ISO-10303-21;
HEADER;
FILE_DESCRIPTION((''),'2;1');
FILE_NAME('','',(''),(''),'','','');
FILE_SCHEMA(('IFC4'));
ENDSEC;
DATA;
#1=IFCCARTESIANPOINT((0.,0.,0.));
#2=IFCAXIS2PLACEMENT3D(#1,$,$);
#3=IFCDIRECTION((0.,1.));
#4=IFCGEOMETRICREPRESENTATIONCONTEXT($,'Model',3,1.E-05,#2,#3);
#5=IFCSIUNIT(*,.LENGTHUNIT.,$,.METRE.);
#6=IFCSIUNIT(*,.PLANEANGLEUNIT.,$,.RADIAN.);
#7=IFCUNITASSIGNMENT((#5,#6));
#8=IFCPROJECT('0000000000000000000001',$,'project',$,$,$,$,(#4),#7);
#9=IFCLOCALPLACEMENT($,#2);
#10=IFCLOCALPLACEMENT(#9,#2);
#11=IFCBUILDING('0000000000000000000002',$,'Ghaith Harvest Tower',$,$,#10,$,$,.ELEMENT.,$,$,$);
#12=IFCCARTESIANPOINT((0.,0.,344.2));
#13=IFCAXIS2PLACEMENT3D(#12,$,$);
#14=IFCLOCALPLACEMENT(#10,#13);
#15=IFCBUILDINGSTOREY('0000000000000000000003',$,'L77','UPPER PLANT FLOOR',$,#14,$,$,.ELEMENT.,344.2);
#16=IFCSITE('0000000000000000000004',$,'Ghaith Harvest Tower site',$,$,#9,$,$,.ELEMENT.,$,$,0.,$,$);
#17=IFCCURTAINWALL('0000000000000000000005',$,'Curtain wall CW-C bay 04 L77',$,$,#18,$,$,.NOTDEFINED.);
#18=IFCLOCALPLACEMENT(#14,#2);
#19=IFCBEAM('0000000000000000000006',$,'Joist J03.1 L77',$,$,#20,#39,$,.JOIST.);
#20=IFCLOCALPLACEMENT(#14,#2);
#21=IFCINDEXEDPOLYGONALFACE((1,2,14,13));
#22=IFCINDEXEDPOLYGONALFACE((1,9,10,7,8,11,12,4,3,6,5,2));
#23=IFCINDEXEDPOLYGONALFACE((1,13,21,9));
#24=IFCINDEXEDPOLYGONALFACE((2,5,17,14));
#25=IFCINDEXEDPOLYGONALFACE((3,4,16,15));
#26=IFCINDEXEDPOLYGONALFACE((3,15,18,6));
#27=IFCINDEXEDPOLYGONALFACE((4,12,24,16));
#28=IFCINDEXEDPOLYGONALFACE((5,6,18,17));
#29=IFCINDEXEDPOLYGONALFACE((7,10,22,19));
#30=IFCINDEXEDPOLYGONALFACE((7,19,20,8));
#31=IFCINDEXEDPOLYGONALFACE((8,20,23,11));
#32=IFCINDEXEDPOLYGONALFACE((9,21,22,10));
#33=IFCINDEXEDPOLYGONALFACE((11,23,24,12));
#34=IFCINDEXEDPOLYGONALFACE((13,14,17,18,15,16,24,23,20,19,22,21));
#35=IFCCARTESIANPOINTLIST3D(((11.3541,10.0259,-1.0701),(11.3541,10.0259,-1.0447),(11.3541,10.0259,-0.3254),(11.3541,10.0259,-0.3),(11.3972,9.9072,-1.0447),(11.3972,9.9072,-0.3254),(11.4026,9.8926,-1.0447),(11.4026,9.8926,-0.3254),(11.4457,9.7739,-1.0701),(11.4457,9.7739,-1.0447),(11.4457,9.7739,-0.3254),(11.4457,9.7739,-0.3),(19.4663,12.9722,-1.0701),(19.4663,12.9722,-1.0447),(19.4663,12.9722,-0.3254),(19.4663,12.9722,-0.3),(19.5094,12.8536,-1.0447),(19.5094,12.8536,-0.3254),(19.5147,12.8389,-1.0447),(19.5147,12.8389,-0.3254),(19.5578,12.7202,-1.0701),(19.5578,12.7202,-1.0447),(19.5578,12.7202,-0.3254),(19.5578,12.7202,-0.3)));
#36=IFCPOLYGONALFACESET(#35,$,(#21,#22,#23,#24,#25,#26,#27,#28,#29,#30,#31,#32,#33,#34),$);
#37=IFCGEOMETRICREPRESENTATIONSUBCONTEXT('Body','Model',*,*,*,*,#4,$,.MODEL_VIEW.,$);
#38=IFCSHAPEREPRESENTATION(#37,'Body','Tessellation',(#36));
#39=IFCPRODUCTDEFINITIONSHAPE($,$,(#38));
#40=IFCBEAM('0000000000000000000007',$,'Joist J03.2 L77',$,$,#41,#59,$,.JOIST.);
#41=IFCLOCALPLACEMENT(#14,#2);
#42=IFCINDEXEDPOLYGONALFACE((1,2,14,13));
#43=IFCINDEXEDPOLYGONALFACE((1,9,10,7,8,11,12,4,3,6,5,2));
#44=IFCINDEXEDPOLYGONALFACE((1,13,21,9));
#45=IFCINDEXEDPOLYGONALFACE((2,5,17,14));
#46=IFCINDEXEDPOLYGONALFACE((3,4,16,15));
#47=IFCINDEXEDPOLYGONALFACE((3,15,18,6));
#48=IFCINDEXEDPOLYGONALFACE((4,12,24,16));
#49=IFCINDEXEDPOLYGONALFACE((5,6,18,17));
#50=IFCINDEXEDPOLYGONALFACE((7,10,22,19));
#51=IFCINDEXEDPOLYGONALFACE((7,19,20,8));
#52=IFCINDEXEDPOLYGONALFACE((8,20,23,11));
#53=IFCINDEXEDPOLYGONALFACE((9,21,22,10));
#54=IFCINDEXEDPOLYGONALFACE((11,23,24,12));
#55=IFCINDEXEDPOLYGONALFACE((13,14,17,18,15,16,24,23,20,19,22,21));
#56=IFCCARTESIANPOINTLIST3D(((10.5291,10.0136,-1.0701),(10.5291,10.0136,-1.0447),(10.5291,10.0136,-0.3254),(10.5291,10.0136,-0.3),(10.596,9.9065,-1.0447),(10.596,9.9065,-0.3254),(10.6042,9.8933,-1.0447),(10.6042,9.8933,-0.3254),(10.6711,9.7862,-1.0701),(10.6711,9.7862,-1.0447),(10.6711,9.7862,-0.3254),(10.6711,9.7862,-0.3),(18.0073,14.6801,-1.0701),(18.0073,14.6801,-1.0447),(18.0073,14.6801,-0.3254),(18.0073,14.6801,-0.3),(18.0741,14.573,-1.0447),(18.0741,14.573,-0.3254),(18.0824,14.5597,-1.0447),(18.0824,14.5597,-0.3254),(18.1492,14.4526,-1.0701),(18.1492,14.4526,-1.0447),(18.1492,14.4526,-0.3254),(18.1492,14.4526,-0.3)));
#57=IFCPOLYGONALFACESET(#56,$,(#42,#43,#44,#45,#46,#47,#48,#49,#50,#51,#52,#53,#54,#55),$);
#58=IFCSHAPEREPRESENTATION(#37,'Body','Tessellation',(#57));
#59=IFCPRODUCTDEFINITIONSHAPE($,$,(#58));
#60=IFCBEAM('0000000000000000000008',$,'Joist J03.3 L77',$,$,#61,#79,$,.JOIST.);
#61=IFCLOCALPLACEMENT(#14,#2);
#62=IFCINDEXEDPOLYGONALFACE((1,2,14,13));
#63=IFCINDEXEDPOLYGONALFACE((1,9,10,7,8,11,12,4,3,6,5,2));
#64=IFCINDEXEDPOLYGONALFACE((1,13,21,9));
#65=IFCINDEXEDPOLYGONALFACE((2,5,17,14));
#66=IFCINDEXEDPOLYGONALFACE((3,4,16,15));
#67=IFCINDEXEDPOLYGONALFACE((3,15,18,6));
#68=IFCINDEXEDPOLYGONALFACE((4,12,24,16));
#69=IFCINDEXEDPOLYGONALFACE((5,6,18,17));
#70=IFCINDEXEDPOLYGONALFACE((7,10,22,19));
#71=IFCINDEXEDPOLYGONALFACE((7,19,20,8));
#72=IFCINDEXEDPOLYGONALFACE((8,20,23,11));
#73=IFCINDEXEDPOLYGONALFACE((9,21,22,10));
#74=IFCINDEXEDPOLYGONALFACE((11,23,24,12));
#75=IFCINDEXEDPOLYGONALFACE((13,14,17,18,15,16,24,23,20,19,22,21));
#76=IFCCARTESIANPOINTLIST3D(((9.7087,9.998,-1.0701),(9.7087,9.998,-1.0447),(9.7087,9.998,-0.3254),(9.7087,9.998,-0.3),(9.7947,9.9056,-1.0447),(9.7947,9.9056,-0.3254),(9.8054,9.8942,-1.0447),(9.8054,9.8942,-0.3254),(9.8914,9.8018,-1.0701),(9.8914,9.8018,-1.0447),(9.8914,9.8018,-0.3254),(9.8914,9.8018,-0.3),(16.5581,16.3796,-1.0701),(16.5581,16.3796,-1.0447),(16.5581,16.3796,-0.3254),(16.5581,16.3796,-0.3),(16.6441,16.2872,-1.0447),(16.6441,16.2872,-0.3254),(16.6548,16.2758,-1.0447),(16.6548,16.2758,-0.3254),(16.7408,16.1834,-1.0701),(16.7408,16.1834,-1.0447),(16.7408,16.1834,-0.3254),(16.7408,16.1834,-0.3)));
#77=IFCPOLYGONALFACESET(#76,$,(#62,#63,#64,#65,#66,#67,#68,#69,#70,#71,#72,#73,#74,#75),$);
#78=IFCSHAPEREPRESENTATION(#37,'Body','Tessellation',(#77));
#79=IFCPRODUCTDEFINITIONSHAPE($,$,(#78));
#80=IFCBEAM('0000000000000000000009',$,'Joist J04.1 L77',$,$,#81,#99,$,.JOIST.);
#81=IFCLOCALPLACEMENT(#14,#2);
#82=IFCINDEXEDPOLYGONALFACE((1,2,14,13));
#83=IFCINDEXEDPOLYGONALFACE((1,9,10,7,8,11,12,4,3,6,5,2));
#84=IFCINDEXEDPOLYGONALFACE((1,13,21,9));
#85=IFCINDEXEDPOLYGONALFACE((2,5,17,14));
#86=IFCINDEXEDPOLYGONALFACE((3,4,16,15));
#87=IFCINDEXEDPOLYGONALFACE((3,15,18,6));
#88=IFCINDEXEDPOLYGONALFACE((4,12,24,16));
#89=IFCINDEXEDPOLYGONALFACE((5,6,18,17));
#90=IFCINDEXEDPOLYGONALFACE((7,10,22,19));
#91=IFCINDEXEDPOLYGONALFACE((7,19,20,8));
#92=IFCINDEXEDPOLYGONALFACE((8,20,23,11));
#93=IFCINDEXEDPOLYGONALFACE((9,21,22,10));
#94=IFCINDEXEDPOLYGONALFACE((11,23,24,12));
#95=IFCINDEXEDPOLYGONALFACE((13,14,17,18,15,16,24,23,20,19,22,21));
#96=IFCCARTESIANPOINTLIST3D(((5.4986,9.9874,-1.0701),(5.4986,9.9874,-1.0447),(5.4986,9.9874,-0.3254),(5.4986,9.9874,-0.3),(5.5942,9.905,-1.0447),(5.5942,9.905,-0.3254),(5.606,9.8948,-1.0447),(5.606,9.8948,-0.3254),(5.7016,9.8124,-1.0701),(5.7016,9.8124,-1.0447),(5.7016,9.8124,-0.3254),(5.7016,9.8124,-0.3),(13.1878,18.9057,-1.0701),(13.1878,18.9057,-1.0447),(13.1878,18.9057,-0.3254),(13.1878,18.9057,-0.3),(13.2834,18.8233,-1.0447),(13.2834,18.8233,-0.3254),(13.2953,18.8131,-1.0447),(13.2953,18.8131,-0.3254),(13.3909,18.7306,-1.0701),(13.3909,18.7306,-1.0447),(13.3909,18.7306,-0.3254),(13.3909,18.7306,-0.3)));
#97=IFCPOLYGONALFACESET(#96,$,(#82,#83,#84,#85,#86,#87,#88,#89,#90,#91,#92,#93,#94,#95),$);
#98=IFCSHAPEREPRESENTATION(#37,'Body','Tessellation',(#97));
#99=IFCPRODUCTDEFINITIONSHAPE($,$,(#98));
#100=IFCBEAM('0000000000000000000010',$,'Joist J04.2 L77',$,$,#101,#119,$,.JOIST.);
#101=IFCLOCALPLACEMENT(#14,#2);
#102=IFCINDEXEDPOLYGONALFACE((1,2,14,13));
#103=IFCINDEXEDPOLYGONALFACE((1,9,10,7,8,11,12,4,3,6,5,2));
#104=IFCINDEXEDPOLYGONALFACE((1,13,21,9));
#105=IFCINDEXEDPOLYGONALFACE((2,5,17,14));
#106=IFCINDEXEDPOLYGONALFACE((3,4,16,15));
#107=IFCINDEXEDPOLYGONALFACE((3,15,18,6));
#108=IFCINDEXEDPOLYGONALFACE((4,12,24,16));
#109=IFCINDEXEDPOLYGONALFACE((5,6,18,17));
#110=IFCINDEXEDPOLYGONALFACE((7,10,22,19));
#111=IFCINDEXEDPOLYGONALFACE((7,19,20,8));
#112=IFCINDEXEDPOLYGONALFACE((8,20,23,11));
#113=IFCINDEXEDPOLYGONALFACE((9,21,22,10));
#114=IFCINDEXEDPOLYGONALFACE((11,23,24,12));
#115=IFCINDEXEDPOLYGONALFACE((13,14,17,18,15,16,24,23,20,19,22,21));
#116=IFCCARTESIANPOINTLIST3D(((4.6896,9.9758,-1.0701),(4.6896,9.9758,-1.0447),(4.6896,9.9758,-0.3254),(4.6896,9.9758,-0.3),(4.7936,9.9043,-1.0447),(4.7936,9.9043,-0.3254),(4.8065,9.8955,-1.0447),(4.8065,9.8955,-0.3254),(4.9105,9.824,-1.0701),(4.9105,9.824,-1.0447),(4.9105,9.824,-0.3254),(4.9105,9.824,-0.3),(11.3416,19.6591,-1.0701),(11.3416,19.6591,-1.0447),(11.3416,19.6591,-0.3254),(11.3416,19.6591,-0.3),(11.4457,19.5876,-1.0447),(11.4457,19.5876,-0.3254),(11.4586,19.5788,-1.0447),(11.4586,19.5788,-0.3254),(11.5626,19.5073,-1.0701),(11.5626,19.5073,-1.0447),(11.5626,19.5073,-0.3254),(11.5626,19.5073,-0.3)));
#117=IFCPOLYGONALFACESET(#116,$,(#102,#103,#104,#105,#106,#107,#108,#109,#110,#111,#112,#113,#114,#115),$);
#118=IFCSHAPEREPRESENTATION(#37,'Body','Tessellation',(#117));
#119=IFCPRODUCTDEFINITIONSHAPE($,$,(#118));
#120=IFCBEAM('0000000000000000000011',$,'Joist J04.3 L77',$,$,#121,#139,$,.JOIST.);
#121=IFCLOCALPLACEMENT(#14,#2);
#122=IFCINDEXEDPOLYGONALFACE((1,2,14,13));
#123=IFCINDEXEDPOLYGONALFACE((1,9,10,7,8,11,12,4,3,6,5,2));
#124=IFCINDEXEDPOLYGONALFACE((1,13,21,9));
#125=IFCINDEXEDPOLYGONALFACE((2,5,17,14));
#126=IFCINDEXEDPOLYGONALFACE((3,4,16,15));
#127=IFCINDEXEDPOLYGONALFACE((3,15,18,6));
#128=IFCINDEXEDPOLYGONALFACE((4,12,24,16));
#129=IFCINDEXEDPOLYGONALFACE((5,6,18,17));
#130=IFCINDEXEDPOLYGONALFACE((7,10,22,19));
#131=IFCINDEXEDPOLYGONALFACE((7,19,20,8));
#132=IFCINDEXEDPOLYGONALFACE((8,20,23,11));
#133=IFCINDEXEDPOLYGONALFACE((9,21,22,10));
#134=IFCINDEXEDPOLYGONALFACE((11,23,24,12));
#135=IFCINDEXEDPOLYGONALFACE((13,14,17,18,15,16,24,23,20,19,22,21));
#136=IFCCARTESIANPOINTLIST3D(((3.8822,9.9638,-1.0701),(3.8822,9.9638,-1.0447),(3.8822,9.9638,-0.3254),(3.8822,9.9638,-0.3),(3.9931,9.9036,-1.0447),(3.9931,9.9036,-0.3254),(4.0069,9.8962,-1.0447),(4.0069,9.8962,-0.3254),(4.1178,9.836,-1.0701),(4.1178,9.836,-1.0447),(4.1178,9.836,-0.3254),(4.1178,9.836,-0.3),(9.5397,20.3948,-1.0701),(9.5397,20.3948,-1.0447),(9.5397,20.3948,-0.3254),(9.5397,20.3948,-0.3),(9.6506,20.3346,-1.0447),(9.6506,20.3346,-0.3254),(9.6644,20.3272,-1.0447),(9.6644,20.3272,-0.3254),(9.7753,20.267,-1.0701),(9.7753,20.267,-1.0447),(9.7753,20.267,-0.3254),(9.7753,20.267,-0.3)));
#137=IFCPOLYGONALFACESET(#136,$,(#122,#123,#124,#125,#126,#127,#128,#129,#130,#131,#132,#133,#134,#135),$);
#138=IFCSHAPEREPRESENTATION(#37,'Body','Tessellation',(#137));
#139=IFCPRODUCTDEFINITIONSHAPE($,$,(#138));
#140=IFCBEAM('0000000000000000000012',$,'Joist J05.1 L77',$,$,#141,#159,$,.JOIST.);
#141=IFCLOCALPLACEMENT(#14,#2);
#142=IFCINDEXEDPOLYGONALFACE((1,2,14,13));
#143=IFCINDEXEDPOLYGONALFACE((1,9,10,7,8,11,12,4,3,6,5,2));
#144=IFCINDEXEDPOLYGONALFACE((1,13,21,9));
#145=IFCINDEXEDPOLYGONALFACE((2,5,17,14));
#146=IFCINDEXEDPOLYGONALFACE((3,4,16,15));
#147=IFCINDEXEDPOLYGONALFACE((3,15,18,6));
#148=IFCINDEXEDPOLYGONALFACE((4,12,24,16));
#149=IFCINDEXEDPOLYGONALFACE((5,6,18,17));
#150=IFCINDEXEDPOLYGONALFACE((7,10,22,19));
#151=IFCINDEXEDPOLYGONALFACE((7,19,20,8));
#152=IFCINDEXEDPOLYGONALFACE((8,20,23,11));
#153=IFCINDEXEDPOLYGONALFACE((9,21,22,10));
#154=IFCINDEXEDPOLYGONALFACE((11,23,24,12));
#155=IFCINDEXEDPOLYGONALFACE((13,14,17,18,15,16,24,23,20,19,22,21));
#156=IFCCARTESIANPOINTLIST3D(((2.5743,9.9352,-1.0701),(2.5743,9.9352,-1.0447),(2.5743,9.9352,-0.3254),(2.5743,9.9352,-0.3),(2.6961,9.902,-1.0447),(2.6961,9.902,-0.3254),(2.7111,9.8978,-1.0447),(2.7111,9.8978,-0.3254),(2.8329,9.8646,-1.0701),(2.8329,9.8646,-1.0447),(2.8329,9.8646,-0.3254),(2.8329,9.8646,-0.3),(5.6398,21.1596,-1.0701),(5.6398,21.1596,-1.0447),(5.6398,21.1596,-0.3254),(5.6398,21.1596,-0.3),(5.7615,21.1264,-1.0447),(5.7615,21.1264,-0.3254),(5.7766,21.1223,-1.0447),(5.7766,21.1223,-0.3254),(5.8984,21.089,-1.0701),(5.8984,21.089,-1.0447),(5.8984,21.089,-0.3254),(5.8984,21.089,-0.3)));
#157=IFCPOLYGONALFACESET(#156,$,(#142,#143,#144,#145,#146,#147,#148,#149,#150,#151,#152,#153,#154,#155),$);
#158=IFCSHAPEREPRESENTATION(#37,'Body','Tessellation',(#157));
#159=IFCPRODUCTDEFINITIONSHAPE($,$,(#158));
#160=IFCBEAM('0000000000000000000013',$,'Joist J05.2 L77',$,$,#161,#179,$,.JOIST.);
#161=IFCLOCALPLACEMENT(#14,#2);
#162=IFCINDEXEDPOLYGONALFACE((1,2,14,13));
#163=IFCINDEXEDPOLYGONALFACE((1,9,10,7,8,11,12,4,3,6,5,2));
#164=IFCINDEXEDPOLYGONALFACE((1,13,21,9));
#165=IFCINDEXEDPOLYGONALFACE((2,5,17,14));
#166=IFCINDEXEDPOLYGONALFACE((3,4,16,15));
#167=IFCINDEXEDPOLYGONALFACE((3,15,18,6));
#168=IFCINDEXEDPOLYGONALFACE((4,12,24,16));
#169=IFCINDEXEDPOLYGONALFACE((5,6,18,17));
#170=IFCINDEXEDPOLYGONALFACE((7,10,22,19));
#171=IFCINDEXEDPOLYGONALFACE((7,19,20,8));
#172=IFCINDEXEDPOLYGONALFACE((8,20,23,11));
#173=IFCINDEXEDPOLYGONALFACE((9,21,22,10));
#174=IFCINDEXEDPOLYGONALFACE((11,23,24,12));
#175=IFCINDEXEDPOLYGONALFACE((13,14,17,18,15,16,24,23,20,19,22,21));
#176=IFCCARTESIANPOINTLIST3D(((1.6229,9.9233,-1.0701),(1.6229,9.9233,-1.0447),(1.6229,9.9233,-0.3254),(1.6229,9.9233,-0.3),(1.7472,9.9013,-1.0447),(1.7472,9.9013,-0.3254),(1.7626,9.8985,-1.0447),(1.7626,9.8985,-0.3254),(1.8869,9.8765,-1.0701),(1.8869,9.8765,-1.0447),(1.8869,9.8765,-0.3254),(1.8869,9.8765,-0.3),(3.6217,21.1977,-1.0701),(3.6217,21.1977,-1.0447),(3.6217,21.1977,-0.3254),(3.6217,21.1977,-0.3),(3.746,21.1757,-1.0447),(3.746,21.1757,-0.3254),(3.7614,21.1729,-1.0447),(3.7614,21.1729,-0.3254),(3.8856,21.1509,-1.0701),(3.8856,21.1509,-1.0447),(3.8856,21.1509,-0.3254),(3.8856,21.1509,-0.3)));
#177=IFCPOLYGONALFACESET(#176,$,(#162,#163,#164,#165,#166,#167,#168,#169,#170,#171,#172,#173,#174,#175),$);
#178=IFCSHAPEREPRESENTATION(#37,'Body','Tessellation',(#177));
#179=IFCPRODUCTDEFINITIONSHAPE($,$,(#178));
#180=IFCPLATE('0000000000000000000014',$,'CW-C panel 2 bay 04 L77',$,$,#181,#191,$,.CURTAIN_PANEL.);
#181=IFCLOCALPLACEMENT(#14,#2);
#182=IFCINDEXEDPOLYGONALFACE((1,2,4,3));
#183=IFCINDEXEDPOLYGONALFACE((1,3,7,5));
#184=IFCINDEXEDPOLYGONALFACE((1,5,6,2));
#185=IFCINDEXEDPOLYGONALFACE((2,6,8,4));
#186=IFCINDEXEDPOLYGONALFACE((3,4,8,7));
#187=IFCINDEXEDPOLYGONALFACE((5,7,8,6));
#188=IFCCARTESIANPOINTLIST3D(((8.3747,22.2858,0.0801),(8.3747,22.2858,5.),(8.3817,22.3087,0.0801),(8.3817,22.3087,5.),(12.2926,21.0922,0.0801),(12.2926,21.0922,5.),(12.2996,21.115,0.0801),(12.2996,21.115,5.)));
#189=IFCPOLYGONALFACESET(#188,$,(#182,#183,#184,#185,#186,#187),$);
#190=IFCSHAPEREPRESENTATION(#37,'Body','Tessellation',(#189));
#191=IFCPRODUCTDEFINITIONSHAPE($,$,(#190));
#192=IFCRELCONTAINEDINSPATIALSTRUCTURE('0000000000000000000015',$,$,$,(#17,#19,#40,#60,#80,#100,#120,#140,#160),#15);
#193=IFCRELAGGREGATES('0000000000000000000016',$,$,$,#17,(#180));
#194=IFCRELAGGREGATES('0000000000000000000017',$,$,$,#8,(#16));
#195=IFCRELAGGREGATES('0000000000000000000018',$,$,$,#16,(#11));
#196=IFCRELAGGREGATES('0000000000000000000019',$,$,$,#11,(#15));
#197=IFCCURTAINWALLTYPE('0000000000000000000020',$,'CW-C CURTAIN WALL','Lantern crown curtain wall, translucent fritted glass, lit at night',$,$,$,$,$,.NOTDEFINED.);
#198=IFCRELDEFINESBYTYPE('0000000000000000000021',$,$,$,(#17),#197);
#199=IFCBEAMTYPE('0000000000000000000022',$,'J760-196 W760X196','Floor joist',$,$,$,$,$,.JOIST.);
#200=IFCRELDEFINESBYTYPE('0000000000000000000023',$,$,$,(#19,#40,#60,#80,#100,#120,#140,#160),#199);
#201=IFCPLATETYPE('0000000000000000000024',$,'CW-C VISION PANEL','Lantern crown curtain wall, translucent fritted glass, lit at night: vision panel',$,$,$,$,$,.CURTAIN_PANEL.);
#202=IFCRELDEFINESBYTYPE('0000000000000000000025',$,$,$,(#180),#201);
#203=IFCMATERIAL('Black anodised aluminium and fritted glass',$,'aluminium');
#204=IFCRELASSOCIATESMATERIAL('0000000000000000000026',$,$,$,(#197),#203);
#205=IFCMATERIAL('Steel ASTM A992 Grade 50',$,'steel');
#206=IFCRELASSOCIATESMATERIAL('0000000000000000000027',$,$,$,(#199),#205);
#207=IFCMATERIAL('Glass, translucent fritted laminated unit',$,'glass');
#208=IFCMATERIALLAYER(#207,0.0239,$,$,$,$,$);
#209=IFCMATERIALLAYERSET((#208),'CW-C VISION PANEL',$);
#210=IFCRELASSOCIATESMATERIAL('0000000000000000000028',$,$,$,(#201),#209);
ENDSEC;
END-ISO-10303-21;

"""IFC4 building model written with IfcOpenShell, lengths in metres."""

from ifc_helpers import new_model, si_unit, direction, frame, origin, origin_2d, place, context, subcontext, project, spatial, rectangle, i_section, extrude, material, layer, layer_set, material_profile, profile_set, type_object, element, aggregate, save


model = new_model("IFC4")

# Units and contexts
model_context = context("Model", 3, precision=1e-05, world=origin(), true_north=direction((0.0, 1.0)))
body_context = subcontext(model_context, "Body", "Model", "MODEL_VIEW")
ifc_project = project(units=[si_unit("LENGTHUNIT", "METRE"), si_unit("PLANEANGLEUNIT", "RADIAN")], contexts=[model_context])

# Site, building, storey
site_placement = place(None, origin())
site = spatial("IfcSite", under=ifc_project, at=site_placement, Name="Ghaith Harvest Tower site", CompositionType="ELEMENT", RefElevation=0.0)
building_placement = place(site_placement, origin())
building = spatial("IfcBuilding", under=site, at=building_placement, Name="Ghaith Harvest Tower", CompositionType="ELEMENT")
storey_placement = place(building_placement, frame((0.0, 0.0, 344.2)))
storey = spatial("IfcBuildingStorey", under=building, at=storey_placement, Name="L77", Description="UPPER PLANT FLOOR", CompositionType="ELEMENT", Elevation=344.2)

# Curtain wall
ifc_material_1 = material(Name="Black anodised aluminium and fritted glass", Category="aluminium")
curtain_wall_type = type_object("IfcCurtainWallType", Name="CW-C CURTAIN WALL", Description="Lantern crown curtain wall, translucent fritted glass, lit at night", PredefinedType="NOTDEFINED", material=ifc_material_1)
curtain_wall_1_placement = place(storey_placement, origin())
curtain_wall_1 = element("IfcCurtainWall", 1, at=curtain_wall_1_placement, inside=storey, type_object=curtain_wall_type, Name="Curtain wall CW-C bay 04 L77", PredefinedType="NOTDEFINED")

# Beams
ifc_material_2 = material(Name="Steel ASTM A992 Grade 50", Category="steel")
ifc_material_profile_1 = material_profile(ifc_material_2, i_section(OverallWidth=0.2681, OverallDepth=0.77, WebThickness=0.0156, FlangeThickness=0.0254, at=origin_2d()), Name="W760X196")
ifc_profile_set_1 = profile_set([ifc_material_profile_1], Name="Steel ASTM A992 Grade 50")
beam_type_1 = type_object("IfcBeamType", Name="J760-196 W760X196", Description="Floor joist", PredefinedType="JOIST", material=ifc_profile_set_1)
beam_1_placement = place(storey_placement, frame((11.3999, 9.8999, -0.6851), z_axis=(0.939926, 0.34138, 0.0), x_axis=(-0.34138, 0.939926, 0.0)))
element("IfcBeam", 2, at=beam_1_placement, inside=storey, type_object=beam_type_1, Name="Joist J03.1 L77", PredefinedType="JOIST", context=body_context, shape_type="SweptSolid", body=[
    extrude(i_section(OverallWidth=0.2681, OverallDepth=0.77, WebThickness=0.0156, FlangeThickness=0.0254, at=origin_2d()), origin(), (0.0, 0.0, 1.0), 8.6306),
])
beam_2_placement = place(storey_placement, frame((10.6001, 9.8999, -0.6851), z_axis=(0.848376, 0.529394, 0.0), x_axis=(-0.529394, 0.848376, 0.0)))
element("IfcBeam", 3, at=beam_2_placement, inside=storey, type_object=beam_type_1, Name="Joist J03.2 L77", PredefinedType="JOIST", context=body_context, shape_type="SweptSolid", body=[
    extrude(i_section(OverallWidth=0.2681, OverallDepth=0.77, WebThickness=0.0156, FlangeThickness=0.0254, at=origin_2d()), origin(), (0.0, 0.0, 1.0), 8.8147),
])
beam_3_placement = place(storey_placement, frame((9.8, 9.8999, -0.6851), z_axis=(0.731649, 0.681682, 0.0), x_axis=(-0.681682, 0.731649, 0.0)))
element("IfcBeam", 4, at=beam_3_placement, inside=storey, type_object=beam_type_1, Name="Joist J03.3 L77", PredefinedType="JOIST", context=body_context, shape_type="SweptSolid", body=[
    extrude(i_section(OverallWidth=0.2681, OverallDepth=0.77, WebThickness=0.0156, FlangeThickness=0.0254, at=origin_2d()), origin(), (0.0, 0.0, 1.0), 9.3616),
])
beam_4_placement = place(storey_placement, frame((5.6001, 9.8999, -0.6851), z_axis=(0.652993, 0.757364, 0.0), x_axis=(-0.757364, 0.652993, 0.0)))
element("IfcBeam", 5, at=beam_4_placement, inside=storey, type_object=beam_type_1, Name="Joist J04.1 L77", PredefinedType="JOIST", context=body_context, shape_type="SweptSolid", body=[
    extrude(i_section(OverallWidth=0.2681, OverallDepth=0.77, WebThickness=0.0156, FlangeThickness=0.0254, at=origin_2d()), origin(), (0.0, 0.0, 1.0), 11.7754),
])
beam_5_placement = place(storey_placement, frame((4.8, 9.8999, -0.6851), z_axis=(0.566228, 0.824249, 0.0), x_axis=(-0.824249, 0.566228, 0.0)))
element("IfcBeam", 6, at=beam_5_placement, inside=storey, type_object=beam_type_1, Name="Joist J04.2 L77", PredefinedType="JOIST", context=body_context, shape_type="SweptSolid", body=[
    extrude(i_section(OverallWidth=0.2681, OverallDepth=0.77, WebThickness=0.0156, FlangeThickness=0.0254, at=origin_2d()), origin(), (0.0, 0.0, 1.0), 11.748),
])
beam_6_placement = place(storey_placement, frame((4.0, 9.8999, -0.6851), z_axis=(0.476765, 0.879031, 0.0), x_axis=(-0.879031, 0.476765, 0.0)))
element("IfcBeam", 7, at=beam_6_placement, inside=storey, type_object=beam_type_1, Name="Joist J04.3 L77", PredefinedType="JOIST", context=body_context, shape_type="SweptSolid", body=[
    extrude(i_section(OverallWidth=0.2681, OverallDepth=0.77, WebThickness=0.0156, FlangeThickness=0.0254, at=origin_2d()), origin(), (0.0, 0.0, 1.0), 11.8665),
])
beam_7_placement = place(storey_placement, frame((2.7036, 9.8999, -0.6851), z_axis=(0.263456, 0.964671, 0.0), x_axis=(-0.964671, 0.263456, 0.0)))
element("IfcBeam", 8, at=beam_7_placement, inside=storey, type_object=beam_type_1, Name="Joist J05.1 L77", PredefinedType="JOIST", context=body_context, shape_type="SweptSolid", body=[
    extrude(i_section(OverallWidth=0.2681, OverallDepth=0.77, WebThickness=0.0156, FlangeThickness=0.0254, at=origin_2d()), origin(), (0.0, 0.0, 1.0), 11.6355),
])
beam_8_placement = place(storey_placement, frame((1.7549, 9.8999, -0.6851), z_axis=(0.174563, 0.984646, 0.0), x_axis=(-0.984646, 0.174563, 0.0)))
element("IfcBeam", 9, at=beam_8_placement, inside=storey, type_object=beam_type_1, Name="Joist J05.2 L77", PredefinedType="JOIST", context=body_context, shape_type="SweptSolid", body=[
    extrude(i_section(OverallWidth=0.2681, OverallDepth=0.77, WebThickness=0.0156, FlangeThickness=0.0254, at=origin_2d()), origin(), (0.0, 0.0, 1.0), 11.4502),
])

# Plate
ifc_material_3 = material(Name="Glass, translucent fritted laminated unit", Category="glass")
ifc_layer = layer(ifc_material_3, 0.0239)
ifc_layer_set = layer_set([ifc_layer], Name="CW-C VISION PANEL")
plate_type = type_object("IfcPlateType", Name="CW-C VISION PANEL", Description="Lantern crown curtain wall, translucent fritted glass, lit at night: vision panel", PredefinedType="CURTAIN_PANEL", material=ifc_layer_set)
plate_1_placement = place(storey_placement, frame((10.3372, 21.7004, 0.0801), z_axis=(0.0, 0.0, 1.0), x_axis=(-0.956588, 0.291445, 0.0)))
plate_1 = element("IfcPlate", 10, at=plate_1_placement, type_object=plate_type, Name="CW-C panel 2 bay 04 L77", PredefinedType="CURTAIN_PANEL", context=body_context, shape_type="SweptSolid", body=[
    extrude(rectangle(XDim=4.0957, YDim=0.0239, at=origin_2d()), origin(), (0.0, 0.0, 1.0), 4.9199),
])
aggregate(curtain_wall_1, [plate_1])

save(model, "model.ifc")
